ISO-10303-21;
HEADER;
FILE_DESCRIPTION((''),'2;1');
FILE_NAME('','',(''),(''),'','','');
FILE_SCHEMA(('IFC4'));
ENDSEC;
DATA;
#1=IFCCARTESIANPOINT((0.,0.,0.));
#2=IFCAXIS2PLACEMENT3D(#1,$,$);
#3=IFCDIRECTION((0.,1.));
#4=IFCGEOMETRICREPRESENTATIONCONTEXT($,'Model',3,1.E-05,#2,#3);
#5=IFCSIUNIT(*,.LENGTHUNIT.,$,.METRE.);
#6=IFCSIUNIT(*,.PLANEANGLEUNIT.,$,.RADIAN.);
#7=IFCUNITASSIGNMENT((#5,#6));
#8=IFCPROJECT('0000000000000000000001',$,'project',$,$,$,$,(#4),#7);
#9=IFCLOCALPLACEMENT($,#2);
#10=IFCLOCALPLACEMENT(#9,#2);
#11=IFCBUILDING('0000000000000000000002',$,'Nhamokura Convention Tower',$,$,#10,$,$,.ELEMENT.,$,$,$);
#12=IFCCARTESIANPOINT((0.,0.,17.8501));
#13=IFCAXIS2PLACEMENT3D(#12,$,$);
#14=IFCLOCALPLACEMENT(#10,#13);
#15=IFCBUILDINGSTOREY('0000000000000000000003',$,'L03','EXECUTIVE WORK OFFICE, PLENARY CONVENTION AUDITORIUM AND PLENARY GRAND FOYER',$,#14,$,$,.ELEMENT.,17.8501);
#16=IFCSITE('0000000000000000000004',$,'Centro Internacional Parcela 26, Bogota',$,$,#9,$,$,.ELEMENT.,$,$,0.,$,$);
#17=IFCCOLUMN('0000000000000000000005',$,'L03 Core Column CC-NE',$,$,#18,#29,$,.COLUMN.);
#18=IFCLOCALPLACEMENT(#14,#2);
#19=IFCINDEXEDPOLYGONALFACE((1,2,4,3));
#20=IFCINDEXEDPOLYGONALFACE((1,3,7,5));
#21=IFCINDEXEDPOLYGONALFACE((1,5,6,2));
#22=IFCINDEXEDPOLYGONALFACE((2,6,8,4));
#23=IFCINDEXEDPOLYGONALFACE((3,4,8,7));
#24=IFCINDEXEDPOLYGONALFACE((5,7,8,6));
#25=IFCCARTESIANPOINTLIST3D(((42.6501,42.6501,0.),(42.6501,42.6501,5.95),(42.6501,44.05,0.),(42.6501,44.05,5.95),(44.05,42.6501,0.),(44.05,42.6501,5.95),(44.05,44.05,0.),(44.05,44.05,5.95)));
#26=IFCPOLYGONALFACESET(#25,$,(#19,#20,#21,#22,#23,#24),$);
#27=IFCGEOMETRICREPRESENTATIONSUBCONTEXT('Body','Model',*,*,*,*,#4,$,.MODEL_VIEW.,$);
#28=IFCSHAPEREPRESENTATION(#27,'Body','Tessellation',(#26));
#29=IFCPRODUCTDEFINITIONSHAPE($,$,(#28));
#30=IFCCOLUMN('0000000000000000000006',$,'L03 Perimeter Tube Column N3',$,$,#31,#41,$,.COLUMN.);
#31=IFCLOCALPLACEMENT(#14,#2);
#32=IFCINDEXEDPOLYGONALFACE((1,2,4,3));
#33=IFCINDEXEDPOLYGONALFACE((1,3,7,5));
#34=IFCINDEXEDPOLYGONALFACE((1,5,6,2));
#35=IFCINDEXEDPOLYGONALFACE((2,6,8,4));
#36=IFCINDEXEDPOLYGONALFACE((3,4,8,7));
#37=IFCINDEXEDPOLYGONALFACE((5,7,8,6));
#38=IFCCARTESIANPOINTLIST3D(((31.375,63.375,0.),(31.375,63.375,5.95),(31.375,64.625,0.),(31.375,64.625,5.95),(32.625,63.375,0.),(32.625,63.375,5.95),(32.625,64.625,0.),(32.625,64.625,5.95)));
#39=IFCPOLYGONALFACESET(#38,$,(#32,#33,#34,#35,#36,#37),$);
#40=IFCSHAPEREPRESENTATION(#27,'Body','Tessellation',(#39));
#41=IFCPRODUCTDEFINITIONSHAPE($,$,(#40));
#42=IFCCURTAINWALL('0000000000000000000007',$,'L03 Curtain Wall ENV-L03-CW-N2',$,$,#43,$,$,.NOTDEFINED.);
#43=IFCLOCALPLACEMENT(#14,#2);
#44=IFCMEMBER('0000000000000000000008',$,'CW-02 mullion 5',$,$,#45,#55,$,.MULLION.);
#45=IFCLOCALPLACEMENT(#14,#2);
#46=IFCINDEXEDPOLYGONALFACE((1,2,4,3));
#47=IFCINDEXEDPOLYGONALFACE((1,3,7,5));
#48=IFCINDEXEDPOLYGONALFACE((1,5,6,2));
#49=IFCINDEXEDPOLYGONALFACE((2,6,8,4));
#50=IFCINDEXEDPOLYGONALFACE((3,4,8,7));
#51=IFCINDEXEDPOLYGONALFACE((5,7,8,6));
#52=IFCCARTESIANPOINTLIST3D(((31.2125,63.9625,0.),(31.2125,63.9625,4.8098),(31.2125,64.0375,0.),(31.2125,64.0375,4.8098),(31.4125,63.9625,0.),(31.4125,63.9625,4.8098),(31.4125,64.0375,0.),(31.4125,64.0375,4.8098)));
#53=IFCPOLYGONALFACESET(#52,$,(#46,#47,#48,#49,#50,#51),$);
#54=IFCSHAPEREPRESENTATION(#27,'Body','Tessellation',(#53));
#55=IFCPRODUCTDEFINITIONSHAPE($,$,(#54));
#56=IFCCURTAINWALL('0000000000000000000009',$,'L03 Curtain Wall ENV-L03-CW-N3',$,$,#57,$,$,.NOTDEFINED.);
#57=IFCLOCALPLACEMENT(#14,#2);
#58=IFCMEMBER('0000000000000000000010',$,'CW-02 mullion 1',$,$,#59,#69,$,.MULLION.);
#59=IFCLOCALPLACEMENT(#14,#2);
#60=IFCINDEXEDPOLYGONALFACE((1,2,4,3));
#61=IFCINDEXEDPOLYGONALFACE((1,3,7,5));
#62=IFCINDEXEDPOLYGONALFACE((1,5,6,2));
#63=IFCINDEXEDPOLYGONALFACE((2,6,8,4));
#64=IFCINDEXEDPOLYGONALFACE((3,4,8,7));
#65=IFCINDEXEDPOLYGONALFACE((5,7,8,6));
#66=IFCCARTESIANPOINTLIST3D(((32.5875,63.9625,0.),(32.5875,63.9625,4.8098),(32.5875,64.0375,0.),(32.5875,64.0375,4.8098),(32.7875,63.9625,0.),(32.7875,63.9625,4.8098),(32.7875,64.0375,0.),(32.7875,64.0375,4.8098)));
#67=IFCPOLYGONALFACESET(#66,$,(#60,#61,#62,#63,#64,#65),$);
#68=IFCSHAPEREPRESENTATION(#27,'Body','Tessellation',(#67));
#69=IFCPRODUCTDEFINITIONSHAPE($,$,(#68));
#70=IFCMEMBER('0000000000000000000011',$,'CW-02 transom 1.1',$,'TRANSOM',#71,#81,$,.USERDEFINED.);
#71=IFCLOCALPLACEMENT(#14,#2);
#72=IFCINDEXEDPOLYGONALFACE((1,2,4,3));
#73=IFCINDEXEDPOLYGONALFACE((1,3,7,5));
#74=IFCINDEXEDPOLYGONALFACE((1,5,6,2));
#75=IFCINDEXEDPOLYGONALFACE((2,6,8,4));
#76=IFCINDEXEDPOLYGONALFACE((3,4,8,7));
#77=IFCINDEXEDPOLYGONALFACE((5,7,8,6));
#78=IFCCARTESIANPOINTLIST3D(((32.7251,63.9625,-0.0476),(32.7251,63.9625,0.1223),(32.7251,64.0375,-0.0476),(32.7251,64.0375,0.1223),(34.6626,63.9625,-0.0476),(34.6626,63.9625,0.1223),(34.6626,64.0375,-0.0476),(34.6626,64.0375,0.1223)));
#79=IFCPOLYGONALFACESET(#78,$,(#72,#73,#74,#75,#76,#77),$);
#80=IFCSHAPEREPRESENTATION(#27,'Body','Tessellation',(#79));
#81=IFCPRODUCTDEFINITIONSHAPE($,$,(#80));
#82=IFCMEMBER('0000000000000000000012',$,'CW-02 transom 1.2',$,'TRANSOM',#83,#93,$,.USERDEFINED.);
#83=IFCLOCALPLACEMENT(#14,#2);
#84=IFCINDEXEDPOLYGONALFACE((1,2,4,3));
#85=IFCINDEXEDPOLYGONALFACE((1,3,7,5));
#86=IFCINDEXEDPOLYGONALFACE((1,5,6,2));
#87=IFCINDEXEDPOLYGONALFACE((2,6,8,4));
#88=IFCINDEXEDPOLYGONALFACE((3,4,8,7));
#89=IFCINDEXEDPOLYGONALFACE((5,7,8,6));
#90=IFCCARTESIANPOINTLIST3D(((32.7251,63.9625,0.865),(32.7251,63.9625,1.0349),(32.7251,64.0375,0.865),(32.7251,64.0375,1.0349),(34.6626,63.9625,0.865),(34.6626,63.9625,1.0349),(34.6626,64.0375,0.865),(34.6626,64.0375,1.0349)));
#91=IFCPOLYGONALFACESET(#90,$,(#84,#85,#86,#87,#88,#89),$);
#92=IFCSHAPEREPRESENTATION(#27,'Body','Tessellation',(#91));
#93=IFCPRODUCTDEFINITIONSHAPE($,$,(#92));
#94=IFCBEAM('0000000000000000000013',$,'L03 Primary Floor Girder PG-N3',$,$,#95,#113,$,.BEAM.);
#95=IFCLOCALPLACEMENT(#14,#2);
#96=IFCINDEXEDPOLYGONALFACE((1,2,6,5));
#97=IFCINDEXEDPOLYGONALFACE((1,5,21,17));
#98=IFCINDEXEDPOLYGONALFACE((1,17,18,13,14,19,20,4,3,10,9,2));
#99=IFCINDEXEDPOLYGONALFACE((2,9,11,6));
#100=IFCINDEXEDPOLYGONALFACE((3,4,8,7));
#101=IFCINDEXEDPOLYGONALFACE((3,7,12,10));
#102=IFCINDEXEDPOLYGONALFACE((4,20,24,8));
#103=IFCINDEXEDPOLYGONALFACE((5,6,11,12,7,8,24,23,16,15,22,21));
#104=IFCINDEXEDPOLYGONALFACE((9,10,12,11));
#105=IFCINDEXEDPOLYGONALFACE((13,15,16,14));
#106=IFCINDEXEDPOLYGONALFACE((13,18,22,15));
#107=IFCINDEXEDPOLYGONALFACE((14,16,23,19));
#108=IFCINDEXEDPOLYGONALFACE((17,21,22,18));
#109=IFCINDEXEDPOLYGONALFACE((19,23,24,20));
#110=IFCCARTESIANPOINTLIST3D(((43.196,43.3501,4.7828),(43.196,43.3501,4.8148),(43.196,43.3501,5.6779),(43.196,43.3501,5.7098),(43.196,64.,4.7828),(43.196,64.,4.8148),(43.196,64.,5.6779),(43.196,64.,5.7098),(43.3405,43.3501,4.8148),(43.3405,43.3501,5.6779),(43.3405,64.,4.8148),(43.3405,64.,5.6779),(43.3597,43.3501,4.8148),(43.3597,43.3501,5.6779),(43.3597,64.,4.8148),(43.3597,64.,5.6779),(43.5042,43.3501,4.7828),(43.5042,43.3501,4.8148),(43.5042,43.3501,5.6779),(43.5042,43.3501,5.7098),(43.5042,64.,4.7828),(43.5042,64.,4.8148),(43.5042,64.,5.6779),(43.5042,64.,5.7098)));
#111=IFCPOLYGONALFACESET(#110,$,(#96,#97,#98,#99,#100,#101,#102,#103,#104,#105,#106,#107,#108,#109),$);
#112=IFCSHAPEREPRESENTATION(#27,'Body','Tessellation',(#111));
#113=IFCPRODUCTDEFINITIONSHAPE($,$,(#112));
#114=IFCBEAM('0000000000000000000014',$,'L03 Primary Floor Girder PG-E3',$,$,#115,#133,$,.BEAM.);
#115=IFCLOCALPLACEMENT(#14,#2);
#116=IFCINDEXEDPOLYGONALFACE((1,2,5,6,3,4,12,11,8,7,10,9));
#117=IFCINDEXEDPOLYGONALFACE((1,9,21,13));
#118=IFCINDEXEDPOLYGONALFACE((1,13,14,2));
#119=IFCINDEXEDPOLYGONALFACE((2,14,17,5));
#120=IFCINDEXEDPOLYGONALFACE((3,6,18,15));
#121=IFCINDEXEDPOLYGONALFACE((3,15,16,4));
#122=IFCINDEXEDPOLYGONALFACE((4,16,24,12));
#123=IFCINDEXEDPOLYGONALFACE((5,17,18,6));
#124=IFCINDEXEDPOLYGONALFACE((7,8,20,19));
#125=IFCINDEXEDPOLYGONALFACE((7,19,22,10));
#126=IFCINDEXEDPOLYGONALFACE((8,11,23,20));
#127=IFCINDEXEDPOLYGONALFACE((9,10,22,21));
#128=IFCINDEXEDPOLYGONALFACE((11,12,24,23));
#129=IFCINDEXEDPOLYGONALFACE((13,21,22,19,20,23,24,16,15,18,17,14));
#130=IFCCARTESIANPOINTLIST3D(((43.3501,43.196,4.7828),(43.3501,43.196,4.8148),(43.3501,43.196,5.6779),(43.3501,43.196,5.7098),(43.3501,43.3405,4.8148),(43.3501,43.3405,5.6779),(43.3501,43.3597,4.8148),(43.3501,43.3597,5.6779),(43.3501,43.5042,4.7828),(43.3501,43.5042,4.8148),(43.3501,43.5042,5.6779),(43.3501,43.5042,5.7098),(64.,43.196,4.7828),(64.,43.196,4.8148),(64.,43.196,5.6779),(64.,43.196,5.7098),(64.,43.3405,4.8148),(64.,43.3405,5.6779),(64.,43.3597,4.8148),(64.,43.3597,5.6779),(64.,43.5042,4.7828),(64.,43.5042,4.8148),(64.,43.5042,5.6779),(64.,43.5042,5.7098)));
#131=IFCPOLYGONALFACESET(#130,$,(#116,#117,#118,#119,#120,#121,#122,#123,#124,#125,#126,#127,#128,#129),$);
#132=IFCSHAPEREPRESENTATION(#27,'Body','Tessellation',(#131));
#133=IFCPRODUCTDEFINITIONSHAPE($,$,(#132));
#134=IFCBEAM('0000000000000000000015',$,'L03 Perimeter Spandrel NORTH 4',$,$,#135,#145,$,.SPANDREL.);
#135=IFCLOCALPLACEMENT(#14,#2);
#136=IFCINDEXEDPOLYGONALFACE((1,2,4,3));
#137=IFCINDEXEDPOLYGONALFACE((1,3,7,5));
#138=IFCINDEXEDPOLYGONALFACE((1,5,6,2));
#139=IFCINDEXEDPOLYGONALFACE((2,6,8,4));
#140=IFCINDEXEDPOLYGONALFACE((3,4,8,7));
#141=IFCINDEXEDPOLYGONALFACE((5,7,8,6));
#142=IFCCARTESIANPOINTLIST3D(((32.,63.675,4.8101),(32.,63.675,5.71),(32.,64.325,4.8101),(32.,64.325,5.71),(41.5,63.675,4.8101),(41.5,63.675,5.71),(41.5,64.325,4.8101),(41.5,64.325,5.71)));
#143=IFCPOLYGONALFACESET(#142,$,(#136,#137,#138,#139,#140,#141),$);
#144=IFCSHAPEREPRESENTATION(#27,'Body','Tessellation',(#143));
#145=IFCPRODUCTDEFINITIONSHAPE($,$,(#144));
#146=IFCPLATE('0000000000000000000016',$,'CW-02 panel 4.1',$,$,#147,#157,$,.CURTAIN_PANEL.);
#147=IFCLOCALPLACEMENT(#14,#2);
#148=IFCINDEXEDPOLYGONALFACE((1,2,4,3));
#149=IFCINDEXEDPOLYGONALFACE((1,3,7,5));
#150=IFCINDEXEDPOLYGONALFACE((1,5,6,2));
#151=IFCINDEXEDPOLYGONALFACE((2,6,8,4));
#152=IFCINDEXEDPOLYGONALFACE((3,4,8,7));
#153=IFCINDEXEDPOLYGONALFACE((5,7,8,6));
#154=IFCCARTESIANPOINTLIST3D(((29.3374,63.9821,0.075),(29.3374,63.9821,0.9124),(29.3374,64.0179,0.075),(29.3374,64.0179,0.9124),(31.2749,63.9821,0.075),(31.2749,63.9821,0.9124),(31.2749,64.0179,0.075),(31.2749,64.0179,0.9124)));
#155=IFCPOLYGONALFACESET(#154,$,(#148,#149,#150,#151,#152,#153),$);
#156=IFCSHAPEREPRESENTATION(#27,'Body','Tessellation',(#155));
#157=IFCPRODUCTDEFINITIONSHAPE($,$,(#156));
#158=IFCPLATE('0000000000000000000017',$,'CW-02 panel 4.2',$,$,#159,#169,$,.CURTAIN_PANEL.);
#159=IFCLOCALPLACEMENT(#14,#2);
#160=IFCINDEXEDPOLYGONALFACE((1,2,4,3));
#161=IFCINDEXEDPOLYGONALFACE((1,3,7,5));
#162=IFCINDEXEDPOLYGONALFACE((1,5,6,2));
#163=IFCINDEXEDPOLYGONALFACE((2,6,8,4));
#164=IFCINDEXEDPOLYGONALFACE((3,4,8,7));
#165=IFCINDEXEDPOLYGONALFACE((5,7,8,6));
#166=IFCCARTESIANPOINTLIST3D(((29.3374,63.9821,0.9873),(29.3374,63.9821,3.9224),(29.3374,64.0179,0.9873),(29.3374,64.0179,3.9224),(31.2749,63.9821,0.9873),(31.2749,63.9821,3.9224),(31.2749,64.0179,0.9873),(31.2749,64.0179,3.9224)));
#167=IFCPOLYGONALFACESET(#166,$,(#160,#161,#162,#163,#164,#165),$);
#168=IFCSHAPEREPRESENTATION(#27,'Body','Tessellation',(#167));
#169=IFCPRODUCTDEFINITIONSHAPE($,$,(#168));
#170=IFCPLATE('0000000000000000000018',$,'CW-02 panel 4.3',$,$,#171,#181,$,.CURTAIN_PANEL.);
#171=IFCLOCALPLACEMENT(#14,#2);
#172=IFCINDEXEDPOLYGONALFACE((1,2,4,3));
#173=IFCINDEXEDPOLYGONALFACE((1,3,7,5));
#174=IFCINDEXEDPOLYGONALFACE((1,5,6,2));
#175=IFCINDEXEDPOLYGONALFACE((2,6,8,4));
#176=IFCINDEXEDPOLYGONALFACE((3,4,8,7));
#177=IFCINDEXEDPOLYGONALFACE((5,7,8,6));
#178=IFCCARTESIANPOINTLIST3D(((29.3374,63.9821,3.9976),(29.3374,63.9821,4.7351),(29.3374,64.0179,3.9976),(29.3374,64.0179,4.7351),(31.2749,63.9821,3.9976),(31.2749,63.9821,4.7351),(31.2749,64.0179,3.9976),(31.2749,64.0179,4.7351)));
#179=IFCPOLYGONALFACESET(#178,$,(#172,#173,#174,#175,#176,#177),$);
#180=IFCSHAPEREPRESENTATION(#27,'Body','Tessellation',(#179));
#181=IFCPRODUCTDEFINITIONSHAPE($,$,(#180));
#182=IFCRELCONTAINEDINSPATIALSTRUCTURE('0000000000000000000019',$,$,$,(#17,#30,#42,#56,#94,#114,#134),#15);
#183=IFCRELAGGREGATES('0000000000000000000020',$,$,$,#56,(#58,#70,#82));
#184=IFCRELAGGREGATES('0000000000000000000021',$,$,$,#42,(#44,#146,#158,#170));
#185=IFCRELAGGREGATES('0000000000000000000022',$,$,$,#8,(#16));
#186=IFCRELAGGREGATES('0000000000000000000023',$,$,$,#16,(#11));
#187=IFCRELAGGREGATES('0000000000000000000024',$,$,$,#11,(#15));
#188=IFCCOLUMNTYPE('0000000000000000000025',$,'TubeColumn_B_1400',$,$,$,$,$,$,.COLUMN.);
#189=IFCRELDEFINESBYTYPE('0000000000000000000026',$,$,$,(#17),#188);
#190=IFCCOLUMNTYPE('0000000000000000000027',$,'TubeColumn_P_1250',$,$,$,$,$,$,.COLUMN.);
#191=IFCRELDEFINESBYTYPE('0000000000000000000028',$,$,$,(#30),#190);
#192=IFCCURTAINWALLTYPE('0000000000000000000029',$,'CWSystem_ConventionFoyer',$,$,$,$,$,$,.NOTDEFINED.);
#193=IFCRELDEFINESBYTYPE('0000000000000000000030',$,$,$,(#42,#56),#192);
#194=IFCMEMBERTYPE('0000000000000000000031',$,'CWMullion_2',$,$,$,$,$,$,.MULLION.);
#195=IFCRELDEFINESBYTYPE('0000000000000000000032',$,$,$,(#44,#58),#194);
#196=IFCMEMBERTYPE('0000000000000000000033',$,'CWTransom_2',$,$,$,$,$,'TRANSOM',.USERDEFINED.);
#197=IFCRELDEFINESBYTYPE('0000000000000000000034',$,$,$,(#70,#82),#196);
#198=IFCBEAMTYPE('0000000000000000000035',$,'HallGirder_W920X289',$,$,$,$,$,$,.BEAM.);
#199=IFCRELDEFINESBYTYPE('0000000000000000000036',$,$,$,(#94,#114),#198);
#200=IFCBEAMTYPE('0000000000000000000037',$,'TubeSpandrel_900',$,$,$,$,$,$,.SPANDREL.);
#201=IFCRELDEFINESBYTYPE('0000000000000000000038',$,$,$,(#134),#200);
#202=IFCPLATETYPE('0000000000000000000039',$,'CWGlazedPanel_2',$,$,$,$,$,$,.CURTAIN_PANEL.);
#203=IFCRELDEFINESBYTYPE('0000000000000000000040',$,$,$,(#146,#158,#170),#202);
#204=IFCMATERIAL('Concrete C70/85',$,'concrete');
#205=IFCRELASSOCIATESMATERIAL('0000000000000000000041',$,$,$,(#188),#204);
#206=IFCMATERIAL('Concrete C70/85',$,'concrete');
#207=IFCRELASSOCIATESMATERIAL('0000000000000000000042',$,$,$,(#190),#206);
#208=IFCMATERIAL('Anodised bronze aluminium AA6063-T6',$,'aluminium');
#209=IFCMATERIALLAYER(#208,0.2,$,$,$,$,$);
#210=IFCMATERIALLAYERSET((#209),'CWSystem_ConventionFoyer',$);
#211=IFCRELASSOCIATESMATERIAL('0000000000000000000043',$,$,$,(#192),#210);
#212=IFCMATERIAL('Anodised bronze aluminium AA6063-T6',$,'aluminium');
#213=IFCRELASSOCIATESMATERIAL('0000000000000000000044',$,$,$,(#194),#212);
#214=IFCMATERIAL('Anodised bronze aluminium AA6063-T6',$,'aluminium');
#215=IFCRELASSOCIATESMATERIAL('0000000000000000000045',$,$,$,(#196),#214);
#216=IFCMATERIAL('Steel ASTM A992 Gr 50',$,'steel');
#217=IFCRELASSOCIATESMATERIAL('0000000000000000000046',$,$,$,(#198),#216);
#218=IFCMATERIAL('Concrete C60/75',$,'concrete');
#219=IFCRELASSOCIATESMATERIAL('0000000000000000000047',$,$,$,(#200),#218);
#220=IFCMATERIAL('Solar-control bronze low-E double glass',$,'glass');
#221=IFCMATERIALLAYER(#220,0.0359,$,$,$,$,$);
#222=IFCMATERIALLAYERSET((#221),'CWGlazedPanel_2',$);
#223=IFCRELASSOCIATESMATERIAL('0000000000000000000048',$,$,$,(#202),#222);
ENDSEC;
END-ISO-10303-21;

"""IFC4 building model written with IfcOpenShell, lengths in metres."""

from ifc_helpers import new_model, si_unit, direction, frame, origin, origin_2d, place, context, subcontext, project, spatial, rectangle, i_section, extrude, material, layer, layer_set, material_profile, profile_set, type_object, element, aggregate, save


model = new_model("IFC4")

# Units and contexts
model_context = context("Model", 3, precision=1e-05, world=origin(), true_north=direction((0.0, 1.0)))
body_context = subcontext(model_context, "Body", "Model", "MODEL_VIEW")
ifc_project = project(units=[si_unit("LENGTHUNIT", "METRE"), si_unit("PLANEANGLEUNIT", "RADIAN")], contexts=[model_context])

# Site, building, storey
site_placement = place(None, origin())
site = spatial("IfcSite", under=ifc_project, at=site_placement, Name="Centro Internacional Parcela 26, Bogota", CompositionType="ELEMENT", RefElevation=0.0)
building_placement = place(site_placement, origin())
building = spatial("IfcBuilding", under=site, at=building_placement, Name="Nhamokura Convention Tower", CompositionType="ELEMENT")
storey_placement = place(building_placement, frame((0.0, 0.0, 17.8501)))
storey = spatial("IfcBuildingStorey", under=building, at=storey_placement, Name="L03", Description="EXECUTIVE WORK OFFICE, PLENARY CONVENTION AUDITORIUM AND PLENARY GRAND FOYER", CompositionType="ELEMENT", Elevation=17.8501)

# Columns
ifc_material_1 = material(Name="Concrete C70/85", Category="concrete")
ifc_material_profile_1 = material_profile(ifc_material_1, rectangle(XDim=1.3999, YDim=1.3999, at=origin_2d()))
ifc_profile_set_1 = profile_set([ifc_material_profile_1], Name="Concrete C70/85")
column_type_1 = type_object("IfcColumnType", Name="TubeColumn_B_1400", PredefinedType="COLUMN", material=ifc_profile_set_1)
column_1_placement = place(storey_placement, frame((43.3501, 43.3501, 0.0), z_axis=(0.0, 0.0, 1.0), x_axis=(1.0, 0.0, 0.0)))
element("IfcColumn", 1, at=column_1_placement, inside=storey, type_object=column_type_1, Name="L03 Core Column CC-NE", PredefinedType="COLUMN", context=body_context, shape_type="SweptSolid", body=[
    extrude(rectangle(XDim=1.3999, YDim=1.3999, at=origin_2d()), origin(), (0.0, 0.0, 1.0), 5.95),
])
ifc_material_2 = material(Name="Concrete C70/85", Category="concrete")
ifc_material_profile_2 = material_profile(ifc_material_2, rectangle(XDim=1.25, YDim=1.25, at=origin_2d()))
ifc_profile_set_2 = profile_set([ifc_material_profile_2], Name="Concrete C70/85")
column_type_2 = type_object("IfcColumnType", Name="TubeColumn_P_1250", PredefinedType="COLUMN", material=ifc_profile_set_2)
column_2_placement = place(storey_placement, frame((32.0, 64.0, 0.0), z_axis=(0.0, 0.0, 1.0), x_axis=(1.0, 0.0, 0.0)))
element("IfcColumn", 2, at=column_2_placement, inside=storey, type_object=column_type_2, Name="L03 Perimeter Tube Column N3", PredefinedType="COLUMN", context=body_context, shape_type="SweptSolid", body=[
    extrude(rectangle(XDim=1.25, YDim=1.25, at=origin_2d()), origin(), (0.0, 0.0, 1.0), 5.95),
])

# Curtain wall, member
ifc_material_3 = material(Name="Anodised bronze aluminium AA6063-T6", Category="aluminium")
ifc_layer_1 = layer(ifc_material_3, 0.2)
ifc_layer_set_1 = layer_set([ifc_layer_1], Name="CWSystem_ConventionFoyer")
curtain_wall_type = type_object("IfcCurtainWallType", Name="CWSystem_ConventionFoyer", PredefinedType="NOTDEFINED", material=ifc_layer_set_1)
curtain_wall_1_placement = place(storey_placement, origin())
curtain_wall_1 = element("IfcCurtainWall", 3, at=curtain_wall_1_placement, inside=storey, type_object=curtain_wall_type, Name="L03 Curtain Wall ENV-L03-CW-N2", PredefinedType="NOTDEFINED")
ifc_material_4 = material(Name="Anodised bronze aluminium AA6063-T6", Category="aluminium")
ifc_material_profile_3 = material_profile(ifc_material_4, rectangle(XDim=0.075, YDim=0.2, at=origin_2d()))
ifc_profile_set_3 = profile_set([ifc_material_profile_3], Name="Anodised bronze aluminium AA6063-T6")
member_type_1 = type_object("IfcMemberType", Name="CWMullion_2", PredefinedType="MULLION", material=ifc_profile_set_3)
member_1_placement = place(storey_placement, frame((31.3125, 64.0, 0.0), z_axis=(0.0, 0.0, 1.0), x_axis=(0.0, 1.0, 0.0)))
member_1 = element("IfcMember", 4, at=member_1_placement, type_object=member_type_1, Name="CW-02 mullion 5", PredefinedType="MULLION", context=body_context, shape_type="SweptSolid", body=[
    extrude(rectangle(XDim=0.075, YDim=0.2, at=origin_2d()), origin(), (0.0, 0.0, 1.0), 4.8098),
])

# Curtain wall, members
curtain_wall_2_placement = place(storey_placement, origin())
curtain_wall_2 = element("IfcCurtainWall", 5, at=curtain_wall_2_placement, inside=storey, type_object=curtain_wall_type, Name="L03 Curtain Wall ENV-L03-CW-N3", PredefinedType="NOTDEFINED")
member_2_placement = place(storey_placement, frame((32.6875, 64.0, 0.0), z_axis=(0.0, 0.0, 1.0), x_axis=(0.0, 1.0, 0.0)))
member_2 = element("IfcMember", 6, at=member_2_placement, type_object=member_type_1, Name="CW-02 mullion 1", PredefinedType="MULLION", context=body_context, shape_type="SweptSolid", body=[
    extrude(rectangle(XDim=0.075, YDim=0.2, at=origin_2d()), origin(), (0.0, 0.0, 1.0), 4.8098),
])
ifc_material_5 = material(Name="Anodised bronze aluminium AA6063-T6", Category="aluminium")
ifc_material_profile_4 = material_profile(ifc_material_5, rectangle(XDim=0.075, YDim=0.1699, at=origin_2d()))
ifc_profile_set_4 = profile_set([ifc_material_profile_4], Name="Anodised bronze aluminium AA6063-T6")
member_type_2 = type_object("IfcMemberType", Name="CWTransom_2", ElementType="TRANSOM", PredefinedType="USERDEFINED", material=ifc_profile_set_4)
member_3_placement = place(storey_placement, frame((32.7251, 64.0, 0.0374), z_axis=(1.0, 0.0, 0.0), x_axis=(0.0, 1.0, 0.0)))
member_3 = element("IfcMember", 7, at=member_3_placement, type_object=member_type_2, Name="CW-02 transom 1.1", ObjectType="TRANSOM", PredefinedType="USERDEFINED", context=body_context, shape_type="SweptSolid", body=[
    extrude(rectangle(XDim=0.075, YDim=0.1699, at=origin_2d()), origin(), (0.0, 0.0, 1.0), 1.9375),
])
member_4_placement = place(storey_placement, frame((32.7251, 64.0, 0.95), z_axis=(1.0, 0.0, 0.0), x_axis=(0.0, 1.0, 0.0)))
member_4 = element("IfcMember", 8, at=member_4_placement, type_object=member_type_2, Name="CW-02 transom 1.2", ObjectType="TRANSOM", PredefinedType="USERDEFINED", context=body_context, shape_type="SweptSolid", body=[
    extrude(rectangle(XDim=0.075, YDim=0.1699, at=origin_2d()), origin(), (0.0, 0.0, 1.0), 1.9375),
])
aggregate(curtain_wall_2, [member_2, member_3, member_4])

# Beams
ifc_material_6 = material(Name="Steel ASTM A992 Gr 50", Category="steel")
ifc_material_profile_5 = material_profile(ifc_material_6, i_section(OverallWidth=0.3081, OverallDepth=0.927, WebThickness=0.0193, FlangeThickness=0.032, at=origin_2d()))
ifc_profile_set_5 = profile_set([ifc_material_profile_5], Name="Steel ASTM A992 Gr 50")
beam_type_1 = type_object("IfcBeamType", Name="HallGirder_W920X289", PredefinedType="BEAM", material=ifc_profile_set_5)
for number, where, z_axis, x_axis, name in (
    (9, (43.3501, 43.3501, 5.2463), (0.0, 1.0, 0.0), (-1.0, 0.0, 0.0), "L03 Primary Floor Girder PG-N3"),
    (10, (43.3501, 43.3501, 5.2463), (1.0, 0.0, 0.0), (0.0, 1.0, 0.0), "L03 Primary Floor Girder PG-E3"),
):
    element("IfcBeam", number, at=place(storey_placement, frame(where, z_axis=z_axis, x_axis=x_axis)), inside=storey, type_object=beam_type_1, Name=name, PredefinedType="BEAM", context=body_context, shape_type="SweptSolid", body=[
        extrude(i_section(OverallWidth=0.3081, OverallDepth=0.927, WebThickness=0.0193, FlangeThickness=0.032, at=origin_2d()), origin(), (0.0, 0.0, 1.0), 20.6499),
    ])
ifc_material_7 = material(Name="Concrete C60/75", Category="concrete")
ifc_material_profile_6 = material_profile(ifc_material_7, rectangle(XDim=0.6499, YDim=0.8999, at=origin_2d()))
ifc_profile_set_6 = profile_set([ifc_material_profile_6], Name="Concrete C60/75")
beam_type_2 = type_object("IfcBeamType", Name="TubeSpandrel_900", PredefinedType="SPANDREL", material=ifc_profile_set_6)
beam_placement = place(storey_placement, frame((32.0, 64.0, 5.26), z_axis=(1.0, 0.0, 0.0), x_axis=(0.0, 1.0, 0.0)))
element("IfcBeam", 11, at=beam_placement, inside=storey, type_object=beam_type_2, Name="L03 Perimeter Spandrel NORTH 4", PredefinedType="SPANDREL", context=body_context, shape_type="SweptSolid", body=[
    extrude(rectangle(XDim=0.6499, YDim=0.8999, at=origin_2d()), origin(), (0.0, 0.0, 1.0), 9.5),
])

# Plates
ifc_material_8 = material(Name="Solar-control bronze low-E double glass", Category="glass")
ifc_layer_2 = layer(ifc_material_8, 0.0359)
ifc_layer_set_2 = layer_set([ifc_layer_2], Name="CWGlazedPanel_2")
plate_type = type_object("IfcPlateType", Name="CWGlazedPanel_2", PredefinedType="CURTAIN_PANEL", material=ifc_layer_set_2)
plate_1_placement = place(storey_placement, frame((30.3062, 64.0, 0.075), z_axis=(0.0, 0.0, 1.0), x_axis=(1.0, 0.0, 0.0)))
plate_1 = element("IfcPlate", 12, at=plate_1_placement, type_object=plate_type, Name="CW-02 panel 4.1", PredefinedType="CURTAIN_PANEL", context=body_context, shape_type="SweptSolid", body=[
    extrude(rectangle(XDim=1.9375, YDim=0.0359, at=origin_2d()), origin(), (0.0, 0.0, 1.0), 0.8374),
])
plate_2_placement = place(storey_placement, frame((30.3062, 64.0, 0.9873), z_axis=(0.0, 0.0, 1.0), x_axis=(1.0, 0.0, 0.0)))
plate_2 = element("IfcPlate", 13, at=plate_2_placement, type_object=plate_type, Name="CW-02 panel 4.2", PredefinedType="CURTAIN_PANEL", context=body_context, shape_type="SweptSolid", body=[
    extrude(rectangle(XDim=1.9375, YDim=0.0359, at=origin_2d()), origin(), (0.0, 0.0, 1.0), 2.9351),
])
plate_3_placement = place(storey_placement, frame((30.3062, 64.0, 3.9976), z_axis=(0.0, 0.0, 1.0), x_axis=(1.0, 0.0, 0.0)))
plate_3 = element("IfcPlate", 14, at=plate_3_placement, type_object=plate_type, Name="CW-02 panel 4.3", PredefinedType="CURTAIN_PANEL", context=body_context, shape_type="SweptSolid", body=[
    extrude(rectangle(XDim=1.9375, YDim=0.0359, at=origin_2d()), origin(), (0.0, 0.0, 1.0), 0.7375),
])
aggregate(curtain_wall_1, [member_1, plate_1, plate_2, plate_3])

save(model, "model.ifc")
